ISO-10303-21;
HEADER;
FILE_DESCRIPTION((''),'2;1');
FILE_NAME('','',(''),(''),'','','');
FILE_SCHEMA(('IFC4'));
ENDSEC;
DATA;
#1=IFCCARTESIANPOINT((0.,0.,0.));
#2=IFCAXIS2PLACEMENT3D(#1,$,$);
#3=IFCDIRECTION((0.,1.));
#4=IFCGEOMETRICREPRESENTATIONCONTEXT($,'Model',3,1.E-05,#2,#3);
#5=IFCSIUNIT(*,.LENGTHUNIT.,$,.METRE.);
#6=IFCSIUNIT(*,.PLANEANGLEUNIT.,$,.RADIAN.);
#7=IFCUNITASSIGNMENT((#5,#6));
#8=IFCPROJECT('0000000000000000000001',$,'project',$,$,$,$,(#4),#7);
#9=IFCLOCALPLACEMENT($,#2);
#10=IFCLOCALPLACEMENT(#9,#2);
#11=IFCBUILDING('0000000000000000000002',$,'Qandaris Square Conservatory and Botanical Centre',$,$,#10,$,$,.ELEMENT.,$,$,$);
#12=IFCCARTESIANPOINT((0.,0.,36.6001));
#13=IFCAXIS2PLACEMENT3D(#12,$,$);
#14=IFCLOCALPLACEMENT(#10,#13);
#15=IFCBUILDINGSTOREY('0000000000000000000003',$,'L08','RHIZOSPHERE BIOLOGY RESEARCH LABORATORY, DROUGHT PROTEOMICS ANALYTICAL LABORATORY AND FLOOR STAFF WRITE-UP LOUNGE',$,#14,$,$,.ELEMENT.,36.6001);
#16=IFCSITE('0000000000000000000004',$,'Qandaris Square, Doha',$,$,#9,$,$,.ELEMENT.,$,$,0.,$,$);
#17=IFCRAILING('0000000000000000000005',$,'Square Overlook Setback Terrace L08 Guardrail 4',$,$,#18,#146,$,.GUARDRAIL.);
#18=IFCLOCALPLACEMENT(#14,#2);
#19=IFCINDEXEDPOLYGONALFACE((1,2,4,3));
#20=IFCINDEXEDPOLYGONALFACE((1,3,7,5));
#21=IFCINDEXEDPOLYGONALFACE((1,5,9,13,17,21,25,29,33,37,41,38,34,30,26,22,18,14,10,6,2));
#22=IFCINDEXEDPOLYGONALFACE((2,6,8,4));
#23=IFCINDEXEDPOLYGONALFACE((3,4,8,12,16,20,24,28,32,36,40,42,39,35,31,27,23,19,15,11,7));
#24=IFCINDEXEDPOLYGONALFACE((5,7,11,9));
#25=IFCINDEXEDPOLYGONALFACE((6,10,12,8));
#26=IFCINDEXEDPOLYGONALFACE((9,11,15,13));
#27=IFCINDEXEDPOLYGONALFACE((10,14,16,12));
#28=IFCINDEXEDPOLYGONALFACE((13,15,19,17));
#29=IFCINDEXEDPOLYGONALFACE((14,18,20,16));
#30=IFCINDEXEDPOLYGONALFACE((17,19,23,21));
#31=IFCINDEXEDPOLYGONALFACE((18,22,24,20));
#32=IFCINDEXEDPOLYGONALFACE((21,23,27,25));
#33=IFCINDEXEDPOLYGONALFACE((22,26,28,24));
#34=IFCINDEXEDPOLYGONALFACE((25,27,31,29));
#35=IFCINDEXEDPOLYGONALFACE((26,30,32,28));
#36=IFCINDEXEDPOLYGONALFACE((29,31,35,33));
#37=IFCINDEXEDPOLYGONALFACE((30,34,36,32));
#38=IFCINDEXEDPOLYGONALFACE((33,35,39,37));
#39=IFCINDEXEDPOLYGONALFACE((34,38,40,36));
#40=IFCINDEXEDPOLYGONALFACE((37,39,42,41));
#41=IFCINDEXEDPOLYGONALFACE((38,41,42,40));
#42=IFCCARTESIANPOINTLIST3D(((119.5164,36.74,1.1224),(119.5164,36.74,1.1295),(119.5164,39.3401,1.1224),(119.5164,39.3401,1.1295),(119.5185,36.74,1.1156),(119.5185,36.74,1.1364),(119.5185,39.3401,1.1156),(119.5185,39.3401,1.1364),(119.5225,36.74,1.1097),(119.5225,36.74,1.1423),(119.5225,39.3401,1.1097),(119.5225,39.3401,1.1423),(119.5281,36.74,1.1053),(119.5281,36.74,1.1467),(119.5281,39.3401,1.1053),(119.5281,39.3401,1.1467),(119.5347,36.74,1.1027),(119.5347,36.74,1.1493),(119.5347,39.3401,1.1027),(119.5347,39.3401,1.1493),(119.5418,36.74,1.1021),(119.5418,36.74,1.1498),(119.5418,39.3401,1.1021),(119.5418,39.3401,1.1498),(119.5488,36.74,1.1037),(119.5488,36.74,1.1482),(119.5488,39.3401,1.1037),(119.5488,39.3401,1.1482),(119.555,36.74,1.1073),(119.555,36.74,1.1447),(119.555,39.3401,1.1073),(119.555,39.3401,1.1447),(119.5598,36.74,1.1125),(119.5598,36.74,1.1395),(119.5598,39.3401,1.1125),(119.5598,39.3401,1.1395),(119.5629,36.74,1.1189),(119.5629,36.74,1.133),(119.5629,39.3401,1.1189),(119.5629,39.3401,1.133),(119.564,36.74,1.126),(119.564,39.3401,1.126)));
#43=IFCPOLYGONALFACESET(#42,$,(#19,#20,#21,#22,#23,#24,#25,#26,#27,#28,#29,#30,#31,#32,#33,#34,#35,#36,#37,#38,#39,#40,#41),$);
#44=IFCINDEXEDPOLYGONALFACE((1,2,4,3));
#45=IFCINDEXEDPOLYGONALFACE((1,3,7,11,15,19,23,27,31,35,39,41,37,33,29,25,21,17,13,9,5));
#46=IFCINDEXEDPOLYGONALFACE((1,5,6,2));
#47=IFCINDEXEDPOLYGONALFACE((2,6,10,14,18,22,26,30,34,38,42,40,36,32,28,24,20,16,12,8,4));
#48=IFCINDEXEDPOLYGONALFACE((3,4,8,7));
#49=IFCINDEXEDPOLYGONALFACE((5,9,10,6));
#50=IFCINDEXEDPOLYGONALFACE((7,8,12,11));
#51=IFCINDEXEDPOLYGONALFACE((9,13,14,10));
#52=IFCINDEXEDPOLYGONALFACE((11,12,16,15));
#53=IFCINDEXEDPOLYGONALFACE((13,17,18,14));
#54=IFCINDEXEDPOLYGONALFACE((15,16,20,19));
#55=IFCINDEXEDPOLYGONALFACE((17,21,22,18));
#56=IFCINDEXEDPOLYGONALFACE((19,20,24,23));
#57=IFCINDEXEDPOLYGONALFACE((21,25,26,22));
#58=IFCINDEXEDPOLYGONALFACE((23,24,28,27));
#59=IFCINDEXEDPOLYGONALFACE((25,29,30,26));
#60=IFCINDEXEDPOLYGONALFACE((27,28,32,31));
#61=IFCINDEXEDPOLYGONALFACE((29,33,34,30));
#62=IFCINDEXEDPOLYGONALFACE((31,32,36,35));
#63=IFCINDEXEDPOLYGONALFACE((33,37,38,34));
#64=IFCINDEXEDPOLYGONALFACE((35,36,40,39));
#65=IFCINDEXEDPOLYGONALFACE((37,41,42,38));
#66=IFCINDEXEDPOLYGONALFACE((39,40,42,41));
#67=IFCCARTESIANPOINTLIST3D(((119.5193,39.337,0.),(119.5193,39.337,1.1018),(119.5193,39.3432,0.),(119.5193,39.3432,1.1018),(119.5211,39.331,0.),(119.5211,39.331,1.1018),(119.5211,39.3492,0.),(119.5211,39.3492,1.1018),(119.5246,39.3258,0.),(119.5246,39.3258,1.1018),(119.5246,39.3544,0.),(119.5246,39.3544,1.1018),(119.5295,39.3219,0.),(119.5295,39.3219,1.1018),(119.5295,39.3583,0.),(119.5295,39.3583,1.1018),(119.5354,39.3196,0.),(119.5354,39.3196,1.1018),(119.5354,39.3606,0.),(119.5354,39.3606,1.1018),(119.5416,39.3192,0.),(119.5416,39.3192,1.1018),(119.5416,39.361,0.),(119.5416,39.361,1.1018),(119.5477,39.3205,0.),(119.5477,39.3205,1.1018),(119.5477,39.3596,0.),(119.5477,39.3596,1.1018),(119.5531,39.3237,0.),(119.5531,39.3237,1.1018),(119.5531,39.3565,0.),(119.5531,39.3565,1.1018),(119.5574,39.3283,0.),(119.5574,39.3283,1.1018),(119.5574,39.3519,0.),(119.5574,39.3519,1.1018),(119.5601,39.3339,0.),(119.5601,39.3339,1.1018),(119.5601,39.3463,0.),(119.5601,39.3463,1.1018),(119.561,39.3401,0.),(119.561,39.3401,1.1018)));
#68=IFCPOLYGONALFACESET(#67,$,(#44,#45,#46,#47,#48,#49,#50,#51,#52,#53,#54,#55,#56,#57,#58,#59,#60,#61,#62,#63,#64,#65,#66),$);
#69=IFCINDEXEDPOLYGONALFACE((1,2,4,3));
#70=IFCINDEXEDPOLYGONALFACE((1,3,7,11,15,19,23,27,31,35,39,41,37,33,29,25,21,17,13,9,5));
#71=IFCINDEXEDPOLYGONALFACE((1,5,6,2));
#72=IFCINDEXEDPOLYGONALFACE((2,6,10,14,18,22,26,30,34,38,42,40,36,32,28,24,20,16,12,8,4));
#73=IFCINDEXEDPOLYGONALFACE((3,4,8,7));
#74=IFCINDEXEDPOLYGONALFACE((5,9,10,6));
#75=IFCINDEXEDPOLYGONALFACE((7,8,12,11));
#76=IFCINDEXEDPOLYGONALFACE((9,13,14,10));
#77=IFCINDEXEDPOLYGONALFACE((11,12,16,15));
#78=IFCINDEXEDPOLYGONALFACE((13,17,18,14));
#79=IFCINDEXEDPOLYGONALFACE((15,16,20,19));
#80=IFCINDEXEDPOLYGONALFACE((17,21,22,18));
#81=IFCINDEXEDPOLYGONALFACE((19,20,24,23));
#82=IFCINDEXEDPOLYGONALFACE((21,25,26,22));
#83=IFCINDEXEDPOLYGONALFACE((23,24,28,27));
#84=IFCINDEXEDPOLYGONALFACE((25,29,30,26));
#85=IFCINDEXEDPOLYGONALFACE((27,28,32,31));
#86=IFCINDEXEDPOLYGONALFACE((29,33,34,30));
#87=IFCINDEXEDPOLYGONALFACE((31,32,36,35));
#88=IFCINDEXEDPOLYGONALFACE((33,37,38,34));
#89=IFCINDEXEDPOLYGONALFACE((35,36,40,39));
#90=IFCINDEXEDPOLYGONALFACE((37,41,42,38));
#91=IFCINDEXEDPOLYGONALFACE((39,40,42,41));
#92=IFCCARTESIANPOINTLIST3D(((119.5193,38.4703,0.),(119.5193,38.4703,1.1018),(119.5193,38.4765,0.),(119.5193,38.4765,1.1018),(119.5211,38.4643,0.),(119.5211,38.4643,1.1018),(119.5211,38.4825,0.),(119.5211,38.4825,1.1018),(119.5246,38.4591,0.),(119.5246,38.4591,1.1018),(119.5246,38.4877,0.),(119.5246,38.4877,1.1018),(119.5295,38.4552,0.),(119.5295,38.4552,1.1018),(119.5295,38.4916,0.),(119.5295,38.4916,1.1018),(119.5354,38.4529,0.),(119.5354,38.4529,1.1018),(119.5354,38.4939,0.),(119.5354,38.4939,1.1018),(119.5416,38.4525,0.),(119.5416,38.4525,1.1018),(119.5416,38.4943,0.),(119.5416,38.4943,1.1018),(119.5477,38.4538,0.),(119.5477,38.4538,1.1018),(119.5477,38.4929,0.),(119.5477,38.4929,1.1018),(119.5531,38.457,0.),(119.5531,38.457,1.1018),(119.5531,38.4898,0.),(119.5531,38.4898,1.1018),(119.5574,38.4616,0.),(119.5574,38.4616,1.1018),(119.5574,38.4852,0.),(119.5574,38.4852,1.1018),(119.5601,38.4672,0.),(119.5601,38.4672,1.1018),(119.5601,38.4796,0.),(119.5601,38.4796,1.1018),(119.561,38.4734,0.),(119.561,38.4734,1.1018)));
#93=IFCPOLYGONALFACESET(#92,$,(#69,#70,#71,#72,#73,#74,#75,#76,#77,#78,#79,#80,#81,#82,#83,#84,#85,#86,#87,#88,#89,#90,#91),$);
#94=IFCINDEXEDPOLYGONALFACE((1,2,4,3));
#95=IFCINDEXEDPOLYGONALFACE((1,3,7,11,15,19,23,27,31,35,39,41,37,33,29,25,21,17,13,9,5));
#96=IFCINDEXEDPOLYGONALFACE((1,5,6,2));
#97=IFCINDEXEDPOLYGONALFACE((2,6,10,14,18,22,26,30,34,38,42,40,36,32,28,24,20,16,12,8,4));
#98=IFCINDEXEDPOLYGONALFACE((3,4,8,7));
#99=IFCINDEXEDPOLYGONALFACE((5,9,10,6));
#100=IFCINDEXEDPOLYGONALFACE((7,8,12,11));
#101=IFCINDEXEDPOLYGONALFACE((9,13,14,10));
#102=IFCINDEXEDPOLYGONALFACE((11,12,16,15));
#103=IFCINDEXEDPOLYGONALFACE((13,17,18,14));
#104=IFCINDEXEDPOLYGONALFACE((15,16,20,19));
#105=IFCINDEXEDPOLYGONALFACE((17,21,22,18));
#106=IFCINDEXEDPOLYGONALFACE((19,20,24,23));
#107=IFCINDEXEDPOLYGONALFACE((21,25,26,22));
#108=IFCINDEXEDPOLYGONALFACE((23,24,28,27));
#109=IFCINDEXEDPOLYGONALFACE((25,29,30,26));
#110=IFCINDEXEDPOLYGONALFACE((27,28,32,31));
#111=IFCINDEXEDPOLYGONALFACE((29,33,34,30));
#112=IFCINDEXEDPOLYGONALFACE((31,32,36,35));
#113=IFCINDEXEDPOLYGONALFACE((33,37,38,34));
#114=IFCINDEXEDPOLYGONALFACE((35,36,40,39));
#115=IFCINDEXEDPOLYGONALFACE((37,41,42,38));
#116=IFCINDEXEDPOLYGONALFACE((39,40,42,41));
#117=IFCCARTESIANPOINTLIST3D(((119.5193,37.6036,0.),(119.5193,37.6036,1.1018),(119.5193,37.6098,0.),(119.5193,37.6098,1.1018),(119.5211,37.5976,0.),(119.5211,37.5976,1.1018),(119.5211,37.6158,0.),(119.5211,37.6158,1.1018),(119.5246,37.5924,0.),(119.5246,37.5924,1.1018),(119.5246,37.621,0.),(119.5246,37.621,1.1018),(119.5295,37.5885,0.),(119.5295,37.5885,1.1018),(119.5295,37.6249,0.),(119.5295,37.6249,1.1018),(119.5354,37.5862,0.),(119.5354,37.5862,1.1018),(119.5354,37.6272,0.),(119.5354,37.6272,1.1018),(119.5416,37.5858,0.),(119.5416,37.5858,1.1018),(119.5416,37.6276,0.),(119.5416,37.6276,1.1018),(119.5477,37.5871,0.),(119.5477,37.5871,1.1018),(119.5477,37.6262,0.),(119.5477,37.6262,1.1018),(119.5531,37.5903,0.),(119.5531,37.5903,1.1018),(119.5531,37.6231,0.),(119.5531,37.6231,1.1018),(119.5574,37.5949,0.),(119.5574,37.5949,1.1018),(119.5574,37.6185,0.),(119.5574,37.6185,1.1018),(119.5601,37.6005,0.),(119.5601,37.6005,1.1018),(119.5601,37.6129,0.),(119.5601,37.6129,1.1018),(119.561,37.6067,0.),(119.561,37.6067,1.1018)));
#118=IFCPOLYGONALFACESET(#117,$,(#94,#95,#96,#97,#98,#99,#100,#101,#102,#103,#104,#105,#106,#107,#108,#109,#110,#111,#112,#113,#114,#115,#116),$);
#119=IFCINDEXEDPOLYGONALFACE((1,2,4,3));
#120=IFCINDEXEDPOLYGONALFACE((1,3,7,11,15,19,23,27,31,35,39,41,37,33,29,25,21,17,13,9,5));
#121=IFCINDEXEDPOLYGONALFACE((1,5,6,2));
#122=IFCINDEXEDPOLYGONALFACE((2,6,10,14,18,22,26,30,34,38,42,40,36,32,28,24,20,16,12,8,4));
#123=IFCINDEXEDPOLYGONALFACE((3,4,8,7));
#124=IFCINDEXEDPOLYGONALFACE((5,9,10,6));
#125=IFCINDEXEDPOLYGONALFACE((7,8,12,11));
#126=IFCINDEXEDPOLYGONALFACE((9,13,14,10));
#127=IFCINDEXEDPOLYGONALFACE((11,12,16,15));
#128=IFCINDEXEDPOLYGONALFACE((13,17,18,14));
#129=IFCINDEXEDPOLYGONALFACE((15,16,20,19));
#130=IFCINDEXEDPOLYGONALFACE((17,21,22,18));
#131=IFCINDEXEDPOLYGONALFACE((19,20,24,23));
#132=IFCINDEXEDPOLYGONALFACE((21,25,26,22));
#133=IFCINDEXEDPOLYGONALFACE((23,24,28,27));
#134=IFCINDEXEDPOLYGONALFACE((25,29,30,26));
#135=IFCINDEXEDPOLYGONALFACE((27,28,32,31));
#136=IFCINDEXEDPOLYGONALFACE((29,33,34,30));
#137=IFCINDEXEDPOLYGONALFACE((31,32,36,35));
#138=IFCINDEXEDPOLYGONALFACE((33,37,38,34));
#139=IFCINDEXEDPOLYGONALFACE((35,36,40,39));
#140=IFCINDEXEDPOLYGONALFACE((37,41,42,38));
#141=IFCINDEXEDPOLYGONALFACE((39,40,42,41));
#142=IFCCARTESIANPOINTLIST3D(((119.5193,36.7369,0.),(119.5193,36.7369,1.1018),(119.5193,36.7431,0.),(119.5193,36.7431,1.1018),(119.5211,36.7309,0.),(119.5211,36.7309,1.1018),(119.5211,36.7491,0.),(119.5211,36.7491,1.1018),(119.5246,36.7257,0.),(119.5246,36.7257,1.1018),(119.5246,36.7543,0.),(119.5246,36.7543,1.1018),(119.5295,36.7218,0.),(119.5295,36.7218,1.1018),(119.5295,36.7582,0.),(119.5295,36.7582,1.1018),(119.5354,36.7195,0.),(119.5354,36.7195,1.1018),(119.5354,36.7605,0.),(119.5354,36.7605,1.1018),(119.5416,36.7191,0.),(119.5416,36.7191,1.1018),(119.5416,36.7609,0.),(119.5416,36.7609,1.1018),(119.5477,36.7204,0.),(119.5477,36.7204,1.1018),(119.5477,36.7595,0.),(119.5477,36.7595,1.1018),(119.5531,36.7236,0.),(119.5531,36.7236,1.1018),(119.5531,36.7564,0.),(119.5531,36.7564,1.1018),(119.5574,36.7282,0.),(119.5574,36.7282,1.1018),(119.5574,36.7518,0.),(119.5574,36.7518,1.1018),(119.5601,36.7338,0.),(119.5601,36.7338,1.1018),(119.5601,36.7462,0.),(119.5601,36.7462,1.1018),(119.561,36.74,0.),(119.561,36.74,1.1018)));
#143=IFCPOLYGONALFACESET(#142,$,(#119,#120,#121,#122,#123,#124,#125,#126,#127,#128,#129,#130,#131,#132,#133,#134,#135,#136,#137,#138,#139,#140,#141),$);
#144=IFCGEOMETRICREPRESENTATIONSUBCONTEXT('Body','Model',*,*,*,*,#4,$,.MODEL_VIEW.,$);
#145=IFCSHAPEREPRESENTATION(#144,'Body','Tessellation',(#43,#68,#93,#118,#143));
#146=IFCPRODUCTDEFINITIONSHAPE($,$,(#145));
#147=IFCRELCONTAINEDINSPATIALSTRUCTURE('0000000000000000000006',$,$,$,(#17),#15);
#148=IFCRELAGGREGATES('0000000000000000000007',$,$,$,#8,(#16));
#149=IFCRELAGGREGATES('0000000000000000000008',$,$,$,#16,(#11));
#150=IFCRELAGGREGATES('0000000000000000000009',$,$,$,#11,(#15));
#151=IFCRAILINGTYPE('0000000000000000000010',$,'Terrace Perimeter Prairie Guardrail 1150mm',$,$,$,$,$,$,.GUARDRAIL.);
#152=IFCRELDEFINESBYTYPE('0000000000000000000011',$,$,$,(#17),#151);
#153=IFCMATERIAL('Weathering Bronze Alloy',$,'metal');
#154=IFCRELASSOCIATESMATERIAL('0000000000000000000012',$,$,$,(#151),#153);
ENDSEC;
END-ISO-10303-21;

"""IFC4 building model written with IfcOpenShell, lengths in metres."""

from ifc_helpers import new_model, si_unit, direction, frame, origin, origin_2d, place, context, subcontext, project, spatial, circle, extrude, material, type_object, element, save


model = new_model("IFC4")

# Units and contexts
model_context = context("Model", 3, precision=1e-05, world=origin(), true_north=direction((0.0, 1.0)))
body_context = subcontext(model_context, "Body", "Model", "MODEL_VIEW")
ifc_project = project(units=[si_unit("LENGTHUNIT", "METRE"), si_unit("PLANEANGLEUNIT", "RADIAN")], contexts=[model_context])

# Site, building, storey
site_placement = place(None, origin())
site = spatial("IfcSite", under=ifc_project, at=site_placement, Name="Qandaris Square, Doha", CompositionType="ELEMENT", RefElevation=0.0)
building_placement = place(site_placement, origin())
building = spatial("IfcBuilding", under=site, at=building_placement, Name="Qandaris Square Conservatory and Botanical Centre", CompositionType="ELEMENT")
storey_placement = place(building_placement, frame((0.0, 0.0, 36.6001)))
storey = spatial("IfcBuildingStorey", under=building, at=storey_placement, Name="L08", Description="RHIZOSPHERE BIOLOGY RESEARCH LABORATORY, DROUGHT PROTEOMICS ANALYTICAL LABORATORY AND FLOOR STAFF WRITE-UP LOUNGE", CompositionType="ELEMENT", Elevation=36.6001)

# Railing
ifc_material_1 = material(Name="Weathering Bronze Alloy", Category="metal")
railing_type = type_object("IfcRailingType", Name="Terrace Perimeter Prairie Guardrail 1150mm", PredefinedType="GUARDRAIL", material=ifc_material_1)
railing_1_placement = place(storey_placement, frame((119.54, 39.3401, 0.0)))
element("IfcRailing", 1, at=railing_1_placement, inside=storey, type_object=railing_type, Name="Square Overlook Setback Terrace L08 Guardrail 4", PredefinedType="GUARDRAIL", context=body_context, shape_type="SweptSolid", body=[
    extrude(circle(Radius=0.0239, at=origin_2d()), frame((0.0, 0.0, 1.126), z_axis=(0.0, -1.0, 0.0), x_axis=(1.0, 0.0, 0.0)), (0.0, 0.0, 1.0), 2.6001),
    extrude(circle(Radius=0.021, at=origin_2d()), origin(), (0.0, 0.0, 1.0), 1.1018),
    extrude(circle(Radius=0.021, at=origin_2d()), frame((0.0, -0.8667, 0.0)), (0.0, 0.0, 1.0), 1.1018),
    extrude(circle(Radius=0.021, at=origin_2d()), frame((0.0, -1.7334, 0.0)), (0.0, 0.0, 1.0), 1.1018),
    extrude(circle(Radius=0.021, at=origin_2d()), frame((0.0, -2.6001, 0.0)), (0.0, 0.0, 1.0), 1.1018),
])

save(model, "model.ifc")
